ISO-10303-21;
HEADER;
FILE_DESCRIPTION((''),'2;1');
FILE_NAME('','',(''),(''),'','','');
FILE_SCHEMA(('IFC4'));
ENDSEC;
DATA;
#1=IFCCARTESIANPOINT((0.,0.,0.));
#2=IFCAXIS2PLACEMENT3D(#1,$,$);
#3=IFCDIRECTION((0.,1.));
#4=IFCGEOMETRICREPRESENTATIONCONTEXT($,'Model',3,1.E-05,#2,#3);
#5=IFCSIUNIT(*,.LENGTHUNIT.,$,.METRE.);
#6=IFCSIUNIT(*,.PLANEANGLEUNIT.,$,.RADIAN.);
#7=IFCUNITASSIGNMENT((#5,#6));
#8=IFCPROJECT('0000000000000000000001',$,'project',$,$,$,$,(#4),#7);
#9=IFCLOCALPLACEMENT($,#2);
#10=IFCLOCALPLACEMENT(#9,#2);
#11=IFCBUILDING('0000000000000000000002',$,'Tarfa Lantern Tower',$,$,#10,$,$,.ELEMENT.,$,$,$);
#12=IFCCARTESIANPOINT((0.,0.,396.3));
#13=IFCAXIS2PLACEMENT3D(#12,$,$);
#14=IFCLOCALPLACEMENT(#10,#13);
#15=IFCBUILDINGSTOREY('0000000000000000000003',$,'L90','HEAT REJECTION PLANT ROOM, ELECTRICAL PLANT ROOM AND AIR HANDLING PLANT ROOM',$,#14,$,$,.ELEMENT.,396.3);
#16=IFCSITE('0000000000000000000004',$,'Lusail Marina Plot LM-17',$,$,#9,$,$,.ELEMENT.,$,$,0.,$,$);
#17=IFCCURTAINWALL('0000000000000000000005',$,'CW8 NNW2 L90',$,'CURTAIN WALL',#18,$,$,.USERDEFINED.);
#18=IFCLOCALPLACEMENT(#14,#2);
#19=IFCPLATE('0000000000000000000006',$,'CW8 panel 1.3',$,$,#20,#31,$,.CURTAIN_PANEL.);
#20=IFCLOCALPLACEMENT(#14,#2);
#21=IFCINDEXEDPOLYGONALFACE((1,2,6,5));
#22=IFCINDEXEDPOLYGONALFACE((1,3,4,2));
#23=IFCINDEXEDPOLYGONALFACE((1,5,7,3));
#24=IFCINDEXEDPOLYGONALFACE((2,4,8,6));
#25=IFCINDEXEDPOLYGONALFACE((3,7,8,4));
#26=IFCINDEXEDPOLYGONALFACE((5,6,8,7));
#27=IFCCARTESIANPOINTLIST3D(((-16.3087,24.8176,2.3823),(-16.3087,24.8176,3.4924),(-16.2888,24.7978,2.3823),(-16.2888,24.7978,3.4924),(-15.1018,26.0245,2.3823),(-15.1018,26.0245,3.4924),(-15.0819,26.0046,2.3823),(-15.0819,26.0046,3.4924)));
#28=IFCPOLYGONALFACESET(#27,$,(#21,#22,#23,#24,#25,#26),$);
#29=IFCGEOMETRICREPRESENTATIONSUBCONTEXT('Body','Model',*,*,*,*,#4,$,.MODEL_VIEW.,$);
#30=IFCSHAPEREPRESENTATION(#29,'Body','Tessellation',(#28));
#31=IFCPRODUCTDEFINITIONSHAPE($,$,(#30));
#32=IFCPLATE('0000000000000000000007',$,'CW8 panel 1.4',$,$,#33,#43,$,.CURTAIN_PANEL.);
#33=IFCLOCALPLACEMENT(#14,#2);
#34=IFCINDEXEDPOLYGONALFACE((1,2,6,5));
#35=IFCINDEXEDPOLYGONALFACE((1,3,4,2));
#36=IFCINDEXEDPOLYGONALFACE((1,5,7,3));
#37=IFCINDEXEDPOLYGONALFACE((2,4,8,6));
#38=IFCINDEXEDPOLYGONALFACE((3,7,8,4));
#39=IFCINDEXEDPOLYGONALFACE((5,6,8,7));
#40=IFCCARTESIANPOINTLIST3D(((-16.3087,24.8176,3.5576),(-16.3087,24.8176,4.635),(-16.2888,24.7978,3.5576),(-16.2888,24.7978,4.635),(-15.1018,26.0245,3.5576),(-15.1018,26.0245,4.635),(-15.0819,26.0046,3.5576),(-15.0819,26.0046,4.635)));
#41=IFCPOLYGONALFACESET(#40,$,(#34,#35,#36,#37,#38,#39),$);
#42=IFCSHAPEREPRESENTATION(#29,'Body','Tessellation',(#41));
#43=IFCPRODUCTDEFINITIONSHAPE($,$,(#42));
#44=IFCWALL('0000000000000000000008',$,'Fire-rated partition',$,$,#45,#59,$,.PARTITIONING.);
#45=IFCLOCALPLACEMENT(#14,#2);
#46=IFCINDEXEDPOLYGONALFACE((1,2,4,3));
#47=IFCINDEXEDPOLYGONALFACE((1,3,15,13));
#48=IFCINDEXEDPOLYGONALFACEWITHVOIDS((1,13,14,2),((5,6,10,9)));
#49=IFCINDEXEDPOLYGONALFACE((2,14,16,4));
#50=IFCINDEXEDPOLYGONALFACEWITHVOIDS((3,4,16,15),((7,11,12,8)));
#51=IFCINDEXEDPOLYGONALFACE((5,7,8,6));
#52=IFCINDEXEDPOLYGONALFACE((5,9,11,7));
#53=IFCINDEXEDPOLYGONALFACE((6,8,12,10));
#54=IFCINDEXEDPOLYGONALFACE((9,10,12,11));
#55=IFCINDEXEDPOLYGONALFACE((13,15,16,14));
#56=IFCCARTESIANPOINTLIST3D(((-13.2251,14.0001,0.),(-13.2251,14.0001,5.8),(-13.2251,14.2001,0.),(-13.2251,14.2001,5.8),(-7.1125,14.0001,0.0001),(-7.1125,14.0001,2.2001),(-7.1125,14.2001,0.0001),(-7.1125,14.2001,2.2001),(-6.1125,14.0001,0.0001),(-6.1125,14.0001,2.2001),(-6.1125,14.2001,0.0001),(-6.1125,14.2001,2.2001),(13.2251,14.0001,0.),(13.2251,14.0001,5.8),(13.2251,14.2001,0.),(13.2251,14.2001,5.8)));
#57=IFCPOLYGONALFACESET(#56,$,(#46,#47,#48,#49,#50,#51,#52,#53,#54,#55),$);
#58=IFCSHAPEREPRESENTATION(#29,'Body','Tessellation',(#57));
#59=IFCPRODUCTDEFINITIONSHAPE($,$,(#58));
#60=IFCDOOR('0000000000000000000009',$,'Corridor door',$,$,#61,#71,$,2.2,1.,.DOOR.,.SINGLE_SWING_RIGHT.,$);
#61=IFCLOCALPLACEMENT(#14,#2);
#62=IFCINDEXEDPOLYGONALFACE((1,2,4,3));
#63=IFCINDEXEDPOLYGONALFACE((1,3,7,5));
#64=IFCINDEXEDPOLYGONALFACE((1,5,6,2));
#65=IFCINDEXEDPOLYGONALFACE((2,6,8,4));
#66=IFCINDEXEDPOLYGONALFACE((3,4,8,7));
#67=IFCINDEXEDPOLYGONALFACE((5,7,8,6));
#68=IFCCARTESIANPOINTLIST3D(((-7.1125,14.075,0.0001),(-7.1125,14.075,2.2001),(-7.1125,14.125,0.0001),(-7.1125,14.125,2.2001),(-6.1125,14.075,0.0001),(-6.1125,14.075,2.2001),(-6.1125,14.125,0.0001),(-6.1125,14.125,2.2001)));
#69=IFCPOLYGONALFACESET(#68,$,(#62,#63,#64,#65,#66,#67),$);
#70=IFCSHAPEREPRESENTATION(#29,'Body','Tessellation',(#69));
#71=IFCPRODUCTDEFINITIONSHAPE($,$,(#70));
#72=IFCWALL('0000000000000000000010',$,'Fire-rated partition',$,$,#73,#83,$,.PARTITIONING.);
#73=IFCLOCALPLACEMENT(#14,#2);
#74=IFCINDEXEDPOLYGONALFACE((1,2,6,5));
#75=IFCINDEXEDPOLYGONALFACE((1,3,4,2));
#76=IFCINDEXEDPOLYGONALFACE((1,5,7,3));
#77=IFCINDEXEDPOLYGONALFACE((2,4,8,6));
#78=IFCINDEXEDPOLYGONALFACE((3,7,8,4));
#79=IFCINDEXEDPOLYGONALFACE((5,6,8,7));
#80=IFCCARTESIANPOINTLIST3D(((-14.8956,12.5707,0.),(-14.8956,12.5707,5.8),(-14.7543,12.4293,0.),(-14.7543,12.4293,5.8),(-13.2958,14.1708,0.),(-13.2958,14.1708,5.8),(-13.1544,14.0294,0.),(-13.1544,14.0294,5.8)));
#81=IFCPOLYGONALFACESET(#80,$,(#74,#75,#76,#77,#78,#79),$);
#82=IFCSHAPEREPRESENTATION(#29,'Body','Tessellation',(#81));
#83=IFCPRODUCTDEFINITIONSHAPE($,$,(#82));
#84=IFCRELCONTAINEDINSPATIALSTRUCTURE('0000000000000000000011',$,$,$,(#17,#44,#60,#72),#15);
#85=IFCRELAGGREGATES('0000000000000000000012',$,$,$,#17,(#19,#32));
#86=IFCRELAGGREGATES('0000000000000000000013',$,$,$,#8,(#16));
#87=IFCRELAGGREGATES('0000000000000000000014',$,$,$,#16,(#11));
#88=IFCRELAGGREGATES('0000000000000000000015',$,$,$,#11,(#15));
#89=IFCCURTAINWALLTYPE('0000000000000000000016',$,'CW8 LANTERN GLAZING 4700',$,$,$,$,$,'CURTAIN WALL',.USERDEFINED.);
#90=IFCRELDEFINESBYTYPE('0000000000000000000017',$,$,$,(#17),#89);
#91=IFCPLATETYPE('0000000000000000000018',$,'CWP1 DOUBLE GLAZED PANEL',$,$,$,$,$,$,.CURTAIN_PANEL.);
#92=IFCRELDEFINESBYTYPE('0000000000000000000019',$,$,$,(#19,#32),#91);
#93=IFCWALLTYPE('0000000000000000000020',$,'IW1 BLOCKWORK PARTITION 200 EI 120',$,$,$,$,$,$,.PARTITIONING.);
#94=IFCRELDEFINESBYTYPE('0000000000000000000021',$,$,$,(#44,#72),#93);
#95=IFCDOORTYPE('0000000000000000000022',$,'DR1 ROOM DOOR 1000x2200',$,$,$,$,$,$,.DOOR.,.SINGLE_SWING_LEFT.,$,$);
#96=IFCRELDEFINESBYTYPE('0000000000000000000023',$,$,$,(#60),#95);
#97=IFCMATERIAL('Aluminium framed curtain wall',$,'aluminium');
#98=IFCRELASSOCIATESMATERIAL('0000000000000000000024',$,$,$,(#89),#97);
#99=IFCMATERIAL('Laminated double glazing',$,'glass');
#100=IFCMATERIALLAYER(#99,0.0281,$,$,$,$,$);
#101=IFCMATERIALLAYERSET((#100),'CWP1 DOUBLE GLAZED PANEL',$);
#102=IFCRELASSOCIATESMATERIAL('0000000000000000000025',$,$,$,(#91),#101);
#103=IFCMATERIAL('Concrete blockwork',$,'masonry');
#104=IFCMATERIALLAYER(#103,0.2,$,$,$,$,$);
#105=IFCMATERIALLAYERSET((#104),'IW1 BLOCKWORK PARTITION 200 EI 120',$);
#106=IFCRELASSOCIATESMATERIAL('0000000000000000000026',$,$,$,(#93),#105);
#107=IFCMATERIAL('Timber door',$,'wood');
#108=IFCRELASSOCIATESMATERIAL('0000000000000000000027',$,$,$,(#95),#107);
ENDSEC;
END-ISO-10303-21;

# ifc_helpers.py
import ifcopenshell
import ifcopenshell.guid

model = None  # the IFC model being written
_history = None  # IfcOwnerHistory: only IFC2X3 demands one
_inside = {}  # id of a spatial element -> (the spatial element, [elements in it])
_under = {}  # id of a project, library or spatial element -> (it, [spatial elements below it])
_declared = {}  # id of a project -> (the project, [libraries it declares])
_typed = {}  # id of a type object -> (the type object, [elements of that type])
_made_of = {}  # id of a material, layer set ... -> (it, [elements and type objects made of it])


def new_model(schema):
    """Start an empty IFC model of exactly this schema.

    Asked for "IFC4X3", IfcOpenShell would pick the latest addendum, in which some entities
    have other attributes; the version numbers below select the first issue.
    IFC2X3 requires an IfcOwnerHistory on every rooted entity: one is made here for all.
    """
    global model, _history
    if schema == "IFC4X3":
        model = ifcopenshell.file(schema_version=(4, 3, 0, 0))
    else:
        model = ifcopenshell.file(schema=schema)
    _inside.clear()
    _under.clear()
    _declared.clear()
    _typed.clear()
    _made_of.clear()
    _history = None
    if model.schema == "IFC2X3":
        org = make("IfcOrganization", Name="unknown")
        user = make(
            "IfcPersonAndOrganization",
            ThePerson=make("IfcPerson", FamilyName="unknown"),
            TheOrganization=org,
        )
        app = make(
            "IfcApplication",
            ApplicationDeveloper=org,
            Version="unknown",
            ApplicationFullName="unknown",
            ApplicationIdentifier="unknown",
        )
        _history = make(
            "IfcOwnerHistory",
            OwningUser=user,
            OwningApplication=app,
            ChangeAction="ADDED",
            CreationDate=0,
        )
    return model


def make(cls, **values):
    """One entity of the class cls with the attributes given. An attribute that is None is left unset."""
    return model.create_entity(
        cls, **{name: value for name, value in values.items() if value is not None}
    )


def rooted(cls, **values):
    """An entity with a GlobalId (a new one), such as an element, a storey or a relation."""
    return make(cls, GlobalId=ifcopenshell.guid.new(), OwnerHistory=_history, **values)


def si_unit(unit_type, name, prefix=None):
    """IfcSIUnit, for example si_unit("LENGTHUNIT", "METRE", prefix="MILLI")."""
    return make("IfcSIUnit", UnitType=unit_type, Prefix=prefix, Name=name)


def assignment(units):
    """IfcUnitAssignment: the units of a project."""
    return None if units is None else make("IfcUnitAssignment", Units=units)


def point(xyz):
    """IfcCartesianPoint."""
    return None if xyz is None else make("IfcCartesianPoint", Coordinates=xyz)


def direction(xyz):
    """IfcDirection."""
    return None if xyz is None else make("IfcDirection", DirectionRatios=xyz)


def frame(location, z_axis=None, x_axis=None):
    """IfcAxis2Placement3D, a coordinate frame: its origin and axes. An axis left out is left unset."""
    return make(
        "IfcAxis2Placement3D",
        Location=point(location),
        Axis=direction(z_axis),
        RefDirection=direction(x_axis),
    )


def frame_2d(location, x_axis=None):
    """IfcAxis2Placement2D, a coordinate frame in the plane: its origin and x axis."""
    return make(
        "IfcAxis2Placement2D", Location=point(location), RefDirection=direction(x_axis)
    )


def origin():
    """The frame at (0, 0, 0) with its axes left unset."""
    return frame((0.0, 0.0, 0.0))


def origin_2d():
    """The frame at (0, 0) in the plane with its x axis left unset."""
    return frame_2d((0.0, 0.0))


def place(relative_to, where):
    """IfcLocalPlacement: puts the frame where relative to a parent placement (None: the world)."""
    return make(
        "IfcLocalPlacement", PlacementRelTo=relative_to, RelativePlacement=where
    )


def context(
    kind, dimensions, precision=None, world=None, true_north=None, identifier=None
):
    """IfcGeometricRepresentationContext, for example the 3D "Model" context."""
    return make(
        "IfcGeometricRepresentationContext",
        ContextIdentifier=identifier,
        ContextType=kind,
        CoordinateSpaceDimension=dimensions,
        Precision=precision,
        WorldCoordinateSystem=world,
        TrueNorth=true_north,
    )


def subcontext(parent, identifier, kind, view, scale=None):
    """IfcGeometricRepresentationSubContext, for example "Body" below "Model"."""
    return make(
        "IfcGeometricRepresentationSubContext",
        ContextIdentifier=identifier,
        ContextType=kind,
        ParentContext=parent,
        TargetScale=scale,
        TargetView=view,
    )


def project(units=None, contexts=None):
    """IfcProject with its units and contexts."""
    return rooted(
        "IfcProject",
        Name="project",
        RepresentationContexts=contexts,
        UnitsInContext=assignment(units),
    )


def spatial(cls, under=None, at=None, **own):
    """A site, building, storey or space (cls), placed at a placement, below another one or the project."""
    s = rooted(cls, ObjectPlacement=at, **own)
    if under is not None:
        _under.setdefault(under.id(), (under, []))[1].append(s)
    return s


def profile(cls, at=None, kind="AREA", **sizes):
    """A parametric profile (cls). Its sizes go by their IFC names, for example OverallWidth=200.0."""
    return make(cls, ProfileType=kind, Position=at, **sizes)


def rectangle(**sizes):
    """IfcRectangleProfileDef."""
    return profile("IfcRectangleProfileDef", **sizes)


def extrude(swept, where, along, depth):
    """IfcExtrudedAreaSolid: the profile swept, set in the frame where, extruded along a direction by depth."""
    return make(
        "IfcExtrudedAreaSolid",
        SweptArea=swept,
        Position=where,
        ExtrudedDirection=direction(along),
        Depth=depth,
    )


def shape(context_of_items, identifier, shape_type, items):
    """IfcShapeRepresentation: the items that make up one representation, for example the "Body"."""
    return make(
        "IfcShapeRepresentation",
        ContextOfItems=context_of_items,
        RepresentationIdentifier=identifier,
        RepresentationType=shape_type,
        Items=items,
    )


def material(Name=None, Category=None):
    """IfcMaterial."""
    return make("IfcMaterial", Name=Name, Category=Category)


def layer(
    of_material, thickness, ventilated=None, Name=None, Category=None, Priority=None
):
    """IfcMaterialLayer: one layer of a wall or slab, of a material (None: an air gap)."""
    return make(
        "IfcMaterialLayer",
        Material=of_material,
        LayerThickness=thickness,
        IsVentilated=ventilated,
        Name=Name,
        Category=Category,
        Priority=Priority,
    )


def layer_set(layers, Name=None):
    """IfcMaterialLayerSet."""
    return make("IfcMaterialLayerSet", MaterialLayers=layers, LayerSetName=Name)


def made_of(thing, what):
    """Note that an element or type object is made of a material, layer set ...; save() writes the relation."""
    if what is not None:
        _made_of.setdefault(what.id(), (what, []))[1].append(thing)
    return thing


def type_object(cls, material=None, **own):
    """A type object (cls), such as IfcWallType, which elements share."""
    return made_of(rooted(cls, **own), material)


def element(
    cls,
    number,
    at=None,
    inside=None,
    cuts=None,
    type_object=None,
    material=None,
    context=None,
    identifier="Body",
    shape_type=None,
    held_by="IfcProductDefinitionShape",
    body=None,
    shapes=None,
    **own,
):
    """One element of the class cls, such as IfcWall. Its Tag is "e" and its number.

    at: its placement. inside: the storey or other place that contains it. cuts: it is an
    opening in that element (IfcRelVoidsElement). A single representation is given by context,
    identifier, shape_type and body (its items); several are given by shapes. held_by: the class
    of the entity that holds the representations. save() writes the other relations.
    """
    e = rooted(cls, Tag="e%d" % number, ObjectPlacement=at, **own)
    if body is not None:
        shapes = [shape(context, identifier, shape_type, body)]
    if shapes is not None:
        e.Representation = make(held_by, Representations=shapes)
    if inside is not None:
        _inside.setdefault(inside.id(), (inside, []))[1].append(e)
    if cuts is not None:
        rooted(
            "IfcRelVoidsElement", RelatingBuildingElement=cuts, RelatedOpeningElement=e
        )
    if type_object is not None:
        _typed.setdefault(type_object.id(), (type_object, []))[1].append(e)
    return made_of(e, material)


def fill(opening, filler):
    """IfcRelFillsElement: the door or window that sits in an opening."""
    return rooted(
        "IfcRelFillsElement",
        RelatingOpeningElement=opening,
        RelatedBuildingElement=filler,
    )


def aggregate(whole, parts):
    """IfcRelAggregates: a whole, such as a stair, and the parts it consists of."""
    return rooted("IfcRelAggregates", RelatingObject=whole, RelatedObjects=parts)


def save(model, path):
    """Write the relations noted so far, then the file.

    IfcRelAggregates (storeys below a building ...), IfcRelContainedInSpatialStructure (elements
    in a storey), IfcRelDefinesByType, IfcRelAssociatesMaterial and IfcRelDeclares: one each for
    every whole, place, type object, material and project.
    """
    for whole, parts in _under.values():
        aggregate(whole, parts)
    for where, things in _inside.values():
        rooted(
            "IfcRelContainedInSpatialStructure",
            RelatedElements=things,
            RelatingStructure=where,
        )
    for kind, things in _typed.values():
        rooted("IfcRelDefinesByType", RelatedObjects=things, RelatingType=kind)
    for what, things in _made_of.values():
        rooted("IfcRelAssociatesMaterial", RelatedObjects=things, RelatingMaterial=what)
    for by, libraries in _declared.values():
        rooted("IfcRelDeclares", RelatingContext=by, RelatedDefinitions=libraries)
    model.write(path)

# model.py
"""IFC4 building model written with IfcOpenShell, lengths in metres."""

from ifc_helpers import new_model, si_unit, direction, frame, frame_2d, origin, origin_2d, place, context, subcontext, project, spatial, rectangle, extrude, material, layer, layer_set, type_object, element, fill, aggregate, save


model = new_model("IFC4")

# Units and contexts
model_context = context("Model", 3, precision=1e-05, world=origin(), true_north=direction((0.0, 1.0)))
body_context = subcontext(model_context, "Body", "Model", "MODEL_VIEW")
ifc_project = project(units=[si_unit("LENGTHUNIT", "METRE"), si_unit("PLANEANGLEUNIT", "RADIAN")], contexts=[model_context])

# Site, building, storey
site_placement = place(None, origin())
site = spatial("IfcSite", under=ifc_project, at=site_placement, Name="Lusail Marina Plot LM-17", CompositionType="ELEMENT", RefElevation=0.0)
building_placement = place(site_placement, origin())
building = spatial("IfcBuilding", under=site, at=building_placement, Name="Tarfa Lantern Tower", CompositionType="ELEMENT")
storey_placement = place(building_placement, frame((0.0, 0.0, 396.3)))
storey = spatial("IfcBuildingStorey", under=building, at=storey_placement, Name="L90", Description="HEAT REJECTION PLANT ROOM, ELECTRICAL PLANT ROOM AND AIR HANDLING PLANT ROOM", CompositionType="ELEMENT", Elevation=396.3)

# Shared definitions
ifc_material_1 = material(Name="Aluminium framed curtain wall", Category="aluminium")
curtain_wall_type = type_object("IfcCurtainWallType", Name="CW8 LANTERN GLAZING 4700", ElementType="CURTAIN WALL", PredefinedType="USERDEFINED", material=ifc_material_1)

# Curtain wall
curtain_wall_1_placement = place(storey_placement, origin())
curtain_wall_1 = element("IfcCurtainWall", 1, at=curtain_wall_1_placement, inside=storey, type_object=curtain_wall_type, Name="CW8 NNW2 L90", ObjectType="CURTAIN WALL", PredefinedType="USERDEFINED")

# Plates
ifc_material_2 = material(Name="Laminated double glazing", Category="glass")
ifc_layer_1 = layer(ifc_material_2, 0.0281)
ifc_layer_set_1 = layer_set([ifc_layer_1], Name="CWP1 DOUBLE GLAZED PANEL")
plate_type = type_object("IfcPlateType", Name="CWP1 DOUBLE GLAZED PANEL", PredefinedType="CURTAIN_PANEL", material=ifc_layer_set_1)
plate_1_placement = place(storey_placement, frame((-15.6953, 25.4111, 2.3823), z_axis=(0.0, 0.0, 1.0), x_axis=(-0.707107, -0.707107, 0.0)))
plate_1 = element("IfcPlate", 2, at=plate_1_placement, type_object=plate_type, Name="CW8 panel 1.3", PredefinedType="CURTAIN_PANEL", context=body_context, shape_type="SweptSolid", body=[
    extrude(rectangle(XDim=1.7068, YDim=0.0281, at=origin_2d()), origin(), (0.0, 0.0, 1.0), 1.1101),
])
plate_2_placement = place(storey_placement, frame((-15.6953, 25.4111, 3.5576), z_axis=(0.0, 0.0, 1.0), x_axis=(-0.707107, -0.707107, 0.0)))
plate_2 = element("IfcPlate", 3, at=plate_2_placement, type_object=plate_type, Name="CW8 panel 1.4", PredefinedType="CURTAIN_PANEL", context=body_context, shape_type="SweptSolid", body=[
    extrude(rectangle(XDim=1.7068, YDim=0.0281, at=origin_2d()), origin(), (0.0, 0.0, 1.0), 1.0774),
])
aggregate(curtain_wall_1, [plate_1, plate_2])

# Wall, opening, door
ifc_material_3 = material(Name="Concrete blockwork", Category="masonry")
ifc_layer_2 = layer(ifc_material_3, 0.2)
ifc_layer_set_2 = layer_set([ifc_layer_2], Name="IW1 BLOCKWORK PARTITION 200 EI 120")
wall_type_1 = type_object("IfcWallType", Name="IW1 BLOCKWORK PARTITION 200 EI 120", PredefinedType="PARTITIONING", material=ifc_layer_set_2)
wall_1_placement = place(storey_placement, frame((-13.2251, 14.1001, 0.0), z_axis=(0.0, 0.0, 1.0), x_axis=(1.0, 0.0, 0.0)))
wall_1 = element("IfcWall", 4, at=wall_1_placement, inside=storey, type_object=wall_type_1, Name="Fire-rated partition", PredefinedType="PARTITIONING", context=body_context, shape_type="SweptSolid", body=[
    extrude(rectangle(XDim=26.4502, YDim=0.2, at=frame_2d((13.2251, 0.0))), origin(), (0.0, 0.0, 1.0), 5.8),
])
opening_1_placement = place(wall_1_placement, frame((6.1125, 0.0, 0.0)))
opening_1 = element("IfcOpeningElement", 5, at=opening_1_placement, cuts=wall_1, PredefinedType="OPENING", context=body_context, shape_type="SweptSolid", body=[
    extrude(rectangle(XDim=1.0, YDim=2.2, at=frame_2d((0.5, 1.1001))), frame((0.0, 0.1099, 0.0), z_axis=(0.0, -1.0, 0.0), x_axis=(1.0, 0.0, 0.0)), (0.0, 0.0, 1.0), 0.22),
])
ifc_material_4 = material(Name="Timber door", Category="wood")
door_type_1 = type_object("IfcDoorType", Name="DR1 ROOM DOOR 1000x2200", OperationType="SINGLE_SWING_LEFT", PredefinedType="DOOR", material=ifc_material_4)
door_1_placement = place(opening_1_placement, origin())
door_1 = element("IfcDoor", 6, at=door_1_placement, inside=storey, type_object=door_type_1, Name="Corridor door", OperationType="SINGLE_SWING_RIGHT", OverallHeight=2.2, OverallWidth=1.0, PredefinedType="DOOR", context=body_context, shape_type="SweptSolid", body=[
    extrude(rectangle(XDim=1.0, YDim=2.2, at=frame_2d((0.5, 1.1001))), frame((0.0, 0.0249, 0.0), z_axis=(0.0, -1.0, 0.0), x_axis=(1.0, 0.0, 0.0)), (0.0, 0.0, 1.0), 0.05),
])
fill(opening_1, door_1)

# Wall
wall_2_placement = place(storey_placement, frame((-14.825, 12.5, 0.0), z_axis=(0.0, 0.0, 1.0), x_axis=(0.707053, 0.707161, 0.0)))
element("IfcWall", 7, at=wall_2_placement, inside=storey, type_object=wall_type_1, Name="Fire-rated partition", PredefinedType="PARTITIONING", context=body_context, shape_type="SweptSolid", body=[
    extrude(rectangle(XDim=2.2627, YDim=0.2, at=frame_2d((1.1313, 0.0))), origin(), (0.0, 0.0, 1.0), 5.8),
])

save(model, "model.ifc")
